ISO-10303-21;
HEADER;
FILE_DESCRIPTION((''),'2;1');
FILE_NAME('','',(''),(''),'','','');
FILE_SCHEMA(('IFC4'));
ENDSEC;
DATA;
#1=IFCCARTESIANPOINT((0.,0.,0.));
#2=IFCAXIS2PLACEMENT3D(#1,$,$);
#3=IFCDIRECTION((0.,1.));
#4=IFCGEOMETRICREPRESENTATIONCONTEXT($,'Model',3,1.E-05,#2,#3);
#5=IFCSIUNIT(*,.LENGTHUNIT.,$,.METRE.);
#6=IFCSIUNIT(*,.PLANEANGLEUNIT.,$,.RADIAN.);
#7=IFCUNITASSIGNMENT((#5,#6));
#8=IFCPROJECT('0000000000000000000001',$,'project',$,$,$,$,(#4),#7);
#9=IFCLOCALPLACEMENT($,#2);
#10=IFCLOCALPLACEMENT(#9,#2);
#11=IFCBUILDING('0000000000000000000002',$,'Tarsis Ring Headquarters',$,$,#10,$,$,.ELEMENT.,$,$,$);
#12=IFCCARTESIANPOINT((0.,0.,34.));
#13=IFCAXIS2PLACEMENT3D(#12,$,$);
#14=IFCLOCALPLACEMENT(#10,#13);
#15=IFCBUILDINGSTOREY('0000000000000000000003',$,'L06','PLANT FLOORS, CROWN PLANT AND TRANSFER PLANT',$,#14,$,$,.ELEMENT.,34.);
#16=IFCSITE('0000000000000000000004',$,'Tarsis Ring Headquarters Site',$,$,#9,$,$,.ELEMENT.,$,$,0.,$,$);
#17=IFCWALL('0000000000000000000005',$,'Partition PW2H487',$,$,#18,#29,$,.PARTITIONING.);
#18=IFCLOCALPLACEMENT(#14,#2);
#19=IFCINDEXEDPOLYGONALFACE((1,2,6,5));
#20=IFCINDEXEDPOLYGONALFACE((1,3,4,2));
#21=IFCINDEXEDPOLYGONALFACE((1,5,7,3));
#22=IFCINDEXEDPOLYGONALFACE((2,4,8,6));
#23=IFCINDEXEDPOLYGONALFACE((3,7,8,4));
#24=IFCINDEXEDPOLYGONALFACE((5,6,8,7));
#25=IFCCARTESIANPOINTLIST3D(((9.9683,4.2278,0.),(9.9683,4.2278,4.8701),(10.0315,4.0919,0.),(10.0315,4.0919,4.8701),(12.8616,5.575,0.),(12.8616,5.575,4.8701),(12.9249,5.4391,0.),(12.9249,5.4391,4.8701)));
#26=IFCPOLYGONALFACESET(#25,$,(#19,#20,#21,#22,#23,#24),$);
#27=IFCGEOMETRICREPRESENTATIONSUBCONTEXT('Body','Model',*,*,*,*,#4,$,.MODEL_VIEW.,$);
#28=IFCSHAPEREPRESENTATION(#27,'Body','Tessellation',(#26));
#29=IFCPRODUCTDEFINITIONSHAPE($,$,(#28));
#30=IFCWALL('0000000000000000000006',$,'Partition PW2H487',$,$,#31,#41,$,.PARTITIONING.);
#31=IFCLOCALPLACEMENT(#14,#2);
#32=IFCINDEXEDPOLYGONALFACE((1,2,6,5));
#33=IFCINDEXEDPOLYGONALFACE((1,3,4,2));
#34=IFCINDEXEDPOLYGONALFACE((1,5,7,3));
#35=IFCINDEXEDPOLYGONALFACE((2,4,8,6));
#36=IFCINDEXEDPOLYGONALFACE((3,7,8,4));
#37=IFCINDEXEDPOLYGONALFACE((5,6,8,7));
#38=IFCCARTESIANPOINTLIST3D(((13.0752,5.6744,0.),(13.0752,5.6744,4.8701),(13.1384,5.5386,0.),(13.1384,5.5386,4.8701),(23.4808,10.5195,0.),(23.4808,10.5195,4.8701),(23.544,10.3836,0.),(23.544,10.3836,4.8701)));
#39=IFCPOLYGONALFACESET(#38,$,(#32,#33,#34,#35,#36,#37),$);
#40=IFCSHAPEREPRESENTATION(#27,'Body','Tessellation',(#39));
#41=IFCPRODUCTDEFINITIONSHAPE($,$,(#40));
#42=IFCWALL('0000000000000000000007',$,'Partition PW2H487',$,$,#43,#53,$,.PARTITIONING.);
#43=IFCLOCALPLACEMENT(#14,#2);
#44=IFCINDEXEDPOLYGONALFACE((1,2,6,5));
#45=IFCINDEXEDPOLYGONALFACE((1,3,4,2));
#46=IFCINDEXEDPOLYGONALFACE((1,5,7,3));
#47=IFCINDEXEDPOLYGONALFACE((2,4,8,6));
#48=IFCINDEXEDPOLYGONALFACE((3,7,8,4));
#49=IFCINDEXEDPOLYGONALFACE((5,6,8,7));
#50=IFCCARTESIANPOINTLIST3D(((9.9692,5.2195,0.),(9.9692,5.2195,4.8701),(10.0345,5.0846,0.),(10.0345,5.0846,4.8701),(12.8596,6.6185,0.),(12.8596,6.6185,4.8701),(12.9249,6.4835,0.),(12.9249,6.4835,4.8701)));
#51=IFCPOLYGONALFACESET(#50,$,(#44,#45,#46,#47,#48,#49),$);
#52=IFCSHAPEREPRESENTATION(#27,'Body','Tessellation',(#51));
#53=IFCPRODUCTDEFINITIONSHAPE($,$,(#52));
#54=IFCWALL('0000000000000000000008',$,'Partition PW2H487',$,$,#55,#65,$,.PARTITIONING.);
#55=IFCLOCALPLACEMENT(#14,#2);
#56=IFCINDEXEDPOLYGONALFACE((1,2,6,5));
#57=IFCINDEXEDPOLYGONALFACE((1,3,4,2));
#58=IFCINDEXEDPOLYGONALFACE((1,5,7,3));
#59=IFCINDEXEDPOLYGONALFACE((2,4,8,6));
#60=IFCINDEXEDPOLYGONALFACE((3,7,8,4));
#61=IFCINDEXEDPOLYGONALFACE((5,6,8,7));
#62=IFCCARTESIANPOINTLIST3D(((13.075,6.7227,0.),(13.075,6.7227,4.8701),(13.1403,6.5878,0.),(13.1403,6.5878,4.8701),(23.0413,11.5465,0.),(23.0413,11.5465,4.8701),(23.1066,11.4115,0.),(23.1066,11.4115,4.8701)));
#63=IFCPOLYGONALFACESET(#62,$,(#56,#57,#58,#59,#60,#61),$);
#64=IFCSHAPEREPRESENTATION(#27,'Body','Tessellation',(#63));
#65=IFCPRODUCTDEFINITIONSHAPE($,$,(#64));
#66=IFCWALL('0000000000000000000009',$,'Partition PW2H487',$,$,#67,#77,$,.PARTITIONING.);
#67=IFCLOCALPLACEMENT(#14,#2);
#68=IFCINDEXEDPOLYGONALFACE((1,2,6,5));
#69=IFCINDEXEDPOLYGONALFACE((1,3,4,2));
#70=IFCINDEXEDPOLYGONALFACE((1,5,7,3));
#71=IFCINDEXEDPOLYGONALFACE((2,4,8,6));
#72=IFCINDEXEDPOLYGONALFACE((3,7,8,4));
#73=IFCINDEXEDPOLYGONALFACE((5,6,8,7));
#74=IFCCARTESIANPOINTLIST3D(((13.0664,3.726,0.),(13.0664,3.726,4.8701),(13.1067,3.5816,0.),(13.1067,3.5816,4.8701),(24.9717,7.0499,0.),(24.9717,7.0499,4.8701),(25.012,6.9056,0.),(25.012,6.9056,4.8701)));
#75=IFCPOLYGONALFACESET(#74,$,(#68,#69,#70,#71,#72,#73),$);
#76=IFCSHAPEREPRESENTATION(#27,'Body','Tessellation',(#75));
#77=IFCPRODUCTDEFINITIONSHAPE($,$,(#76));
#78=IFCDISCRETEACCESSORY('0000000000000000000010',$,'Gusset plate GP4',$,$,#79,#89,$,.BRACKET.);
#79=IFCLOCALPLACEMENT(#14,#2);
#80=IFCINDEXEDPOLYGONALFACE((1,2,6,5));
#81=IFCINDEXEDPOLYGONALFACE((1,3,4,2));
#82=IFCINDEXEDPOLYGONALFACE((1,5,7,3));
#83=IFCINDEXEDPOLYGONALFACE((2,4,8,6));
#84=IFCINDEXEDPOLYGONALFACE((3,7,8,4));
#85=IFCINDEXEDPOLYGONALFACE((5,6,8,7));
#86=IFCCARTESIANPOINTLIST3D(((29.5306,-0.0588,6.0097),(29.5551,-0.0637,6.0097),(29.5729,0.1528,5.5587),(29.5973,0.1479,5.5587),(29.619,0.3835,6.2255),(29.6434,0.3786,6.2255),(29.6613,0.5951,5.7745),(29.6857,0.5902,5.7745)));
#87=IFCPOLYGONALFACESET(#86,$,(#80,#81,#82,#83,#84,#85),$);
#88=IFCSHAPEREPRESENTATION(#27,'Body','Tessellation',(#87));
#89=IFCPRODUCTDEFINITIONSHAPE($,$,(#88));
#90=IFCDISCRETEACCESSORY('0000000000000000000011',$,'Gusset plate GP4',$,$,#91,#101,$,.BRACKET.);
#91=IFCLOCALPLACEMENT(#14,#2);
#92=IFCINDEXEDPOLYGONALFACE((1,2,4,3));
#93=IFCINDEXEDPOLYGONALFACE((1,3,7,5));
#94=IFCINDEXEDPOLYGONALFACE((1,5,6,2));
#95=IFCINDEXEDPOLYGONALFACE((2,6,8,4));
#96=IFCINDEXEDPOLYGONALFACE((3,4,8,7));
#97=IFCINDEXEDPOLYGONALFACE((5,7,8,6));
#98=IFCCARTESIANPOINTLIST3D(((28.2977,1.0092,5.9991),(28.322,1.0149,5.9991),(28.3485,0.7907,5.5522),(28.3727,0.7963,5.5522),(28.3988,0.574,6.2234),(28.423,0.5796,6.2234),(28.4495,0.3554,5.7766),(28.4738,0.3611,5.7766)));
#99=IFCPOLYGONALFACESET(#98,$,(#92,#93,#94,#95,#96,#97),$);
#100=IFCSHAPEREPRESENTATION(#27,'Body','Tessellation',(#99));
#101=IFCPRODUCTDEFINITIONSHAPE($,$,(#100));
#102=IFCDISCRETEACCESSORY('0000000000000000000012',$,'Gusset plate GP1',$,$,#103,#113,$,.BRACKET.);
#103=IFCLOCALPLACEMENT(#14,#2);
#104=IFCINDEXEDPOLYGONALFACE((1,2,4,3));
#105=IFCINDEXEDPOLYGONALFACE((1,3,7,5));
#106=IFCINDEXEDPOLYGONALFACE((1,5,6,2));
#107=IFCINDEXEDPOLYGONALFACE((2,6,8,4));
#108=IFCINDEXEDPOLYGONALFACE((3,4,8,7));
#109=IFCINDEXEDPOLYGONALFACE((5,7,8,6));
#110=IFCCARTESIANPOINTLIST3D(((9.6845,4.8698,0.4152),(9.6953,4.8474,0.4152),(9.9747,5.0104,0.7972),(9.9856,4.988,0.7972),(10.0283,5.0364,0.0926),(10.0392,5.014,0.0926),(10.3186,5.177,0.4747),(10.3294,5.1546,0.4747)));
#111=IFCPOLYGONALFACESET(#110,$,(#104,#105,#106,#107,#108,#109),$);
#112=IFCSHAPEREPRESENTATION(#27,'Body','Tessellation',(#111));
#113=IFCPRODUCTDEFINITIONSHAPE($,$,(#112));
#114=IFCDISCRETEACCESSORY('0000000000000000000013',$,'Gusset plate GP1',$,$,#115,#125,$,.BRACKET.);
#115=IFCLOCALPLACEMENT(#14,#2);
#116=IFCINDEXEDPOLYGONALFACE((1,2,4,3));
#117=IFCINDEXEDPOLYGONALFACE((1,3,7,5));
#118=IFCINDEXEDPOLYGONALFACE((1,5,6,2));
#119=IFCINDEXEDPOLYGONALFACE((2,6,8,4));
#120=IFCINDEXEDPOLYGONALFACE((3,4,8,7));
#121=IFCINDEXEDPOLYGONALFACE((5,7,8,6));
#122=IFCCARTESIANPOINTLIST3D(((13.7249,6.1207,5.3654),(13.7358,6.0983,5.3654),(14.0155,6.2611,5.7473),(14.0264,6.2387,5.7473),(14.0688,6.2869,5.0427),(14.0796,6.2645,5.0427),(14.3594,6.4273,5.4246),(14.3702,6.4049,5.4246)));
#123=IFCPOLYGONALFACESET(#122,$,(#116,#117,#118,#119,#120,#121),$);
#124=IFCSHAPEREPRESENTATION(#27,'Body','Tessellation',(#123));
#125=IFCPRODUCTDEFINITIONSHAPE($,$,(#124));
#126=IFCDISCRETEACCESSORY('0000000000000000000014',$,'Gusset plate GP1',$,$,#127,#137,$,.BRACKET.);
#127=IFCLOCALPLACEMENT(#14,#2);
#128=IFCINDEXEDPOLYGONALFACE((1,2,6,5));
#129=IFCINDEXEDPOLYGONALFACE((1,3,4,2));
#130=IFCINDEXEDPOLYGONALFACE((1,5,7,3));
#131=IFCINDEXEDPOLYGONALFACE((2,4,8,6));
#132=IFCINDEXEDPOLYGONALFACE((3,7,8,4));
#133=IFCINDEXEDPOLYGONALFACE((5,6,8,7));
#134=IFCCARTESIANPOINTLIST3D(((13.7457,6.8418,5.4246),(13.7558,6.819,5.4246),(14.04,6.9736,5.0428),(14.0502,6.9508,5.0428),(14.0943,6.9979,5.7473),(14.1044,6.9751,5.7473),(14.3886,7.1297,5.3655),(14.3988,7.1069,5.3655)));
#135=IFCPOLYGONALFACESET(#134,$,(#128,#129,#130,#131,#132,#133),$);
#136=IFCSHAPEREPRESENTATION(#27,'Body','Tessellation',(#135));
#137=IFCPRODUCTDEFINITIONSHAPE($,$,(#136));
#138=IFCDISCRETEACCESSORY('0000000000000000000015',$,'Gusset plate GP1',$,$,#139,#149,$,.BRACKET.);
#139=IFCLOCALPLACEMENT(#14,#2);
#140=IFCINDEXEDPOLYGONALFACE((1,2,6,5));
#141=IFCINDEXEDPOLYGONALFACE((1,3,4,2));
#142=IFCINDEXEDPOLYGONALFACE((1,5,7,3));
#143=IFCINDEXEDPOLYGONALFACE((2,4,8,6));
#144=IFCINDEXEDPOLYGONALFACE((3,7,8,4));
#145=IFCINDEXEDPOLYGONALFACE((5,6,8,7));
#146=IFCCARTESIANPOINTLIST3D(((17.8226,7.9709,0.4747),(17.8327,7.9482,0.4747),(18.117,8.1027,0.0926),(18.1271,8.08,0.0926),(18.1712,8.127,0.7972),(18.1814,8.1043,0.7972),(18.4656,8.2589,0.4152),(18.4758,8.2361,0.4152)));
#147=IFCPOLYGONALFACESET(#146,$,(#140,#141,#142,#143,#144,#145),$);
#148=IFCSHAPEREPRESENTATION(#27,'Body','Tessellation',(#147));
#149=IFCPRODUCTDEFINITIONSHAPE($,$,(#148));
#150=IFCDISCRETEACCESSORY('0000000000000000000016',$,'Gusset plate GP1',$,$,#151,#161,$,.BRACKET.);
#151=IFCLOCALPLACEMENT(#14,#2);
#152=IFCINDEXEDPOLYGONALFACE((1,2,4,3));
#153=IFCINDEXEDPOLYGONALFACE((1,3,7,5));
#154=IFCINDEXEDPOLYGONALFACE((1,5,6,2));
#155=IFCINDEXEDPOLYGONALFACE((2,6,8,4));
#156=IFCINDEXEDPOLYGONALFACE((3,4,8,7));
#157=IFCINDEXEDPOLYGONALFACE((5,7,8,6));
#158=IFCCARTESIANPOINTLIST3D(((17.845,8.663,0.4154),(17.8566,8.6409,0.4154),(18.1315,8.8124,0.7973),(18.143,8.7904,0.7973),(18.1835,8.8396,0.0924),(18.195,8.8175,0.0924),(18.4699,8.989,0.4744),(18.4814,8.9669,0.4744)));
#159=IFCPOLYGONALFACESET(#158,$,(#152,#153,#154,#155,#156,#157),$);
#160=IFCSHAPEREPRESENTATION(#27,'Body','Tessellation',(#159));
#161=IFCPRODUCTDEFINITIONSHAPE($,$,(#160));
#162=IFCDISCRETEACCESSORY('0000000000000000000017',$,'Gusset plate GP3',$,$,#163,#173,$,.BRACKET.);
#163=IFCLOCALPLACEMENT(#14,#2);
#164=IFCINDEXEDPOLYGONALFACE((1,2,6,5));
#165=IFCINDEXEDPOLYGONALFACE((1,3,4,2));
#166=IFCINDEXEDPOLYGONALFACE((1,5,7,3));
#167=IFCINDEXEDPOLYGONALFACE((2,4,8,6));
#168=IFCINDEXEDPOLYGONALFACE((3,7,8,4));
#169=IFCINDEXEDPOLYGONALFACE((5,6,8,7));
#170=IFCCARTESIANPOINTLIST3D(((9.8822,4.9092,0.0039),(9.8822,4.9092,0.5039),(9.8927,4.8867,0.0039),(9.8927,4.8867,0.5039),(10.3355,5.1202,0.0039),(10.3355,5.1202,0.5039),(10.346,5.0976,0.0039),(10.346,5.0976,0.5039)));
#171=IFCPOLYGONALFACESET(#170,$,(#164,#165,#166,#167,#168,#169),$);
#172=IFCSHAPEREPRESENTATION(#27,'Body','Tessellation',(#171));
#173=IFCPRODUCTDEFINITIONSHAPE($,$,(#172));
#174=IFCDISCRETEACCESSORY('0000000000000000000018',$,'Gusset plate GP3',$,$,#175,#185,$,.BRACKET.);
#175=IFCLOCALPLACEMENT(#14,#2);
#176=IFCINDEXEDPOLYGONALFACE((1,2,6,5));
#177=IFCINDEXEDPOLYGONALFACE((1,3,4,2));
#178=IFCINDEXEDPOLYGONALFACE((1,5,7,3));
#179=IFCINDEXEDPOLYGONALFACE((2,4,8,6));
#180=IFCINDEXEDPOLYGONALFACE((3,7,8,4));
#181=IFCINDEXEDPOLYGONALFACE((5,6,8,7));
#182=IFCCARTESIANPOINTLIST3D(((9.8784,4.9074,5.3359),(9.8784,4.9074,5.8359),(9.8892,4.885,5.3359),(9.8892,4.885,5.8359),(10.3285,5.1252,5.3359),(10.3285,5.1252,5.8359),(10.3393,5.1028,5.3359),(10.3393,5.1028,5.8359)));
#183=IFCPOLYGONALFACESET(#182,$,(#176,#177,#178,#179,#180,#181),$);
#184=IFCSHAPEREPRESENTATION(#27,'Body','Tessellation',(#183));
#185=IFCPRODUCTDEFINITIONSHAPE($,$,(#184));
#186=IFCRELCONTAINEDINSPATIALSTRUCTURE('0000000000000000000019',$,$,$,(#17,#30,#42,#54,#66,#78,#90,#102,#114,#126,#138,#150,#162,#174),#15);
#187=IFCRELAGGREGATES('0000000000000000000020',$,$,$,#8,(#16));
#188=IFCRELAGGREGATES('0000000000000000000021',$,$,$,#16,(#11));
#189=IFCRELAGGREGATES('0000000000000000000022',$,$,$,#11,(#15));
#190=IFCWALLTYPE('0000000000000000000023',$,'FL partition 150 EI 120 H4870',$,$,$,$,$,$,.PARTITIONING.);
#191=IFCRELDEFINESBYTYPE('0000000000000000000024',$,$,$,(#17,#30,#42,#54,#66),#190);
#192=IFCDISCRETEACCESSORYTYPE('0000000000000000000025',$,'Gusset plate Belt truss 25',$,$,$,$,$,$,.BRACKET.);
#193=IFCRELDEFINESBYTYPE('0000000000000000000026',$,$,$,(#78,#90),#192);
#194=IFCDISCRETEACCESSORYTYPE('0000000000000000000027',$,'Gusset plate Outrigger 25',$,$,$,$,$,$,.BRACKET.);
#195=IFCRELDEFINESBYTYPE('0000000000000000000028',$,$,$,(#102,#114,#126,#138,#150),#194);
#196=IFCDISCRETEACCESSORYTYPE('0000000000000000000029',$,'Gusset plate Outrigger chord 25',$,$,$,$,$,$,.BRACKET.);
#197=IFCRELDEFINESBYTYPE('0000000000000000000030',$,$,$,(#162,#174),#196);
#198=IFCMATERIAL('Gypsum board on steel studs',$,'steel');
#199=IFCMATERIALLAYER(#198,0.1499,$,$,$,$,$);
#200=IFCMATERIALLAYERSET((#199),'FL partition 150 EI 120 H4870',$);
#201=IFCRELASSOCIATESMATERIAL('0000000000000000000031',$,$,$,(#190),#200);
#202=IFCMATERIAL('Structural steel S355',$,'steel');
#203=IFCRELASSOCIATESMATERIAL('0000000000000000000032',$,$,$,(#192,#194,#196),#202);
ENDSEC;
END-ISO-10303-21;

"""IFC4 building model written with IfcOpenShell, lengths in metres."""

from ifc_helpers import new_model, si_unit, direction, frame, frame_2d, origin, origin_2d, place, context, subcontext, project, spatial, rectangle, extrude, material, layer, layer_set, material_profile, profile_set, type_object, element, save


model = new_model("IFC4")

# Units and contexts
model_context = context("Model", 3, precision=1e-05, world=origin(), true_north=direction((0.0, 1.0)))
body_context = subcontext(model_context, "Body", "Model", "MODEL_VIEW")
ifc_project = project(units=[si_unit("LENGTHUNIT", "METRE"), si_unit("PLANEANGLEUNIT", "RADIAN")], contexts=[model_context])

# Site, building, storey
site_placement = place(None, origin())
site = spatial("IfcSite", under=ifc_project, at=site_placement, Name="Tarsis Ring Headquarters Site", CompositionType="ELEMENT", RefElevation=0.0)
building_placement = place(site_placement, origin())
building = spatial("IfcBuilding", under=site, at=building_placement, Name="Tarsis Ring Headquarters", CompositionType="ELEMENT")
storey_placement = place(building_placement, frame((0.0, 0.0, 34.0)))
storey = spatial("IfcBuildingStorey", under=building, at=storey_placement, Name="L06", Description="PLANT FLOORS, CROWN PLANT AND TRANSFER PLANT", CompositionType="ELEMENT", Elevation=34.0)

# Shared definitions
ifc_material_1 = material(Name="Structural steel S355", Category="steel")

# Walls
ifc_material_2 = material(Name="Gypsum board on steel studs", Category="steel")
ifc_layer = layer(ifc_material_2, 0.1499)
ifc_layer_set = layer_set([ifc_layer], Name="FL partition 150 EI 120 H4870")
wall_type = type_object("IfcWallType", Name="FL partition 150 EI 120 H4870", PredefinedType="PARTITIONING", material=ifc_layer_set)
wall_1_placement = place(storey_placement, frame((10.0, 4.1599, 0.0), z_axis=(0.0, 0.0, 1.0), x_axis=(0.906548, 0.422102, 0.0)))
element("IfcWall", 1, at=wall_1_placement, inside=storey, type_object=wall_type, Name="Partition PW2H487", PredefinedType="PARTITIONING", context=body_context, shape_type="SweptSolid", body=[
    extrude(rectangle(XDim=3.1917, YDim=0.1499, at=frame_2d((1.5957, 0.0))), origin(), (0.0, 0.0, 1.0), 4.8701),
])
wall_2_placement = place(storey_placement, frame((13.1067, 5.6064, 0.0), z_axis=(0.0, 0.0, 1.0), x_axis=(0.906548, 0.422103, 0.0)))
element("IfcWall", 2, at=wall_2_placement, inside=storey, type_object=wall_type, Name="Partition PW2H487", PredefinedType="PARTITIONING", context=body_context, shape_type="SweptSolid", body=[
    extrude(rectangle(XDim=11.4783, YDim=0.1499, at=frame_2d((5.7393, 0.0))), origin(), (0.0, 0.0, 1.0), 4.8701),
])
wall_3_placement = place(storey_placement, frame((10.002, 5.1521, 0.0), z_axis=(0.0, 0.0, 1.0), x_axis=(0.900116, 0.43565, 0.0)))
element("IfcWall", 3, at=wall_3_placement, inside=storey, type_object=wall_type, Name="Partition PW2H487", PredefinedType="PARTITIONING", context=body_context, shape_type="SweptSolid", body=[
    extrude(rectangle(XDim=3.2112, YDim=0.1499, at=frame_2d((1.6055, 0.0))), origin(), (0.0, 0.0, 1.0), 4.8701),
])
wall_4_placement = place(storey_placement, frame((13.1077, 6.6553, 0.0), z_axis=(0.0, 0.0, 1.0), x_axis=(0.900112, 0.435658, 0.0)))
element("IfcWall", 4, at=wall_4_placement, inside=storey, type_object=wall_type, Name="Partition PW2H487", PredefinedType="PARTITIONING", context=body_context, shape_type="SweptSolid", body=[
    extrude(rectangle(XDim=11.0723, YDim=0.1499, at=frame_2d((5.5361, 0.0))), origin(), (0.0, 0.0, 1.0), 4.8701),
])
wall_5_placement = place(storey_placement, frame((13.0867, 3.6538, 0.0), z_axis=(0.0, 0.0, 1.0), x_axis=(0.963163, 0.268917, 0.0)))
element("IfcWall", 5, at=wall_5_placement, inside=storey, type_object=wall_type, Name="Partition PW2H487", PredefinedType="PARTITIONING", context=body_context, shape_type="SweptSolid", body=[
    extrude(rectangle(XDim=12.3606, YDim=0.1499, at=frame_2d((6.1802, 0.0))), origin(), (0.0, 0.0, 1.0), 4.8701),
])

# Discrete accessories
ifc_material_profile_1 = material_profile(ifc_material_1, rectangle(XDim=0.0249, YDim=0.5, at=origin_2d()), Name="PL 25x500")
ifc_profile_set_1 = profile_set([ifc_material_profile_1], Name="Structural steel S355")
discrete_accessory_type_1 = type_object("IfcDiscreteAccessoryType", Name="Gusset plate Belt truss 25", PredefinedType="BRACKET", material=ifc_profile_set_1)
for number, where, z_axis, x_axis, name in (
    (6, (29.6523, 0.4868, 6.0), (-0.176725, -0.884603, -0.431561), (0.980622, -0.195908, 0.0), "Gusset plate GP4"),
    (7, (28.4363, 0.4675, 6.0), (-0.202131, 0.870528, -0.448691), (-0.974086, -0.226176, 0.0), "Gusset plate GP4"),
):
    element("IfcDiscreteAccessory", number, at=place(storey_placement, frame(where, z_axis=z_axis, x_axis=x_axis)), inside=storey, type_object=discrete_accessory_type_1, Name=name, PredefinedType="BRACKET", context=body_context, shape_type="SweptSolid", body=[
        extrude(rectangle(XDim=0.0249, YDim=0.5, at=origin_2d()), origin(), (0.0, 0.0, 1.0), 0.5),
    ])
discrete_accessory_type_2 = type_object("IfcDiscreteAccessoryType", Name="Gusset plate Outrigger 25", PredefinedType="BRACKET", material=ifc_profile_set_1)
for number, where, z_axis, x_axis, name in (
    (8, (9.8618, 4.9419, 0.2539), (0.580537, 0.281236, 0.764122), (-0.435976, 0.899958, 0.0), "Gusset plate GP1"),
    (9, (14.1929, 6.333, 5.5859), (-0.581157, -0.280811, -0.763807), (0.435066, -0.900398, 0.0), "Gusset plate GP1"),
):
    element("IfcDiscreteAccessory", number, at=place(storey_placement, frame(where, z_axis=z_axis, x_axis=x_axis)), inside=storey, type_object=discrete_accessory_type_2, Name=name, PredefinedType="BRACKET", context=body_context, shape_type="SweptSolid", body=[
        extrude(rectangle(XDim=0.0249, YDim=0.5, at=origin_2d()), origin(), (0.0, 0.0, 1.0), 0.5),
    ])
discrete_accessory_1_placement = place(storey_placement, frame((13.925, 6.9084, 5.5859), z_axis=(0.58902, 0.26374, -0.76387), x_axis=(-0.408665, 0.912685, 0.0)))
element("IfcDiscreteAccessory", 10, at=discrete_accessory_1_placement, inside=storey, type_object=discrete_accessory_type_2, Name="Gusset plate GP1", PredefinedType="BRACKET", context=body_context, shape_type="SweptSolid", body=[
    extrude(rectangle(XDim=0.0249, YDim=0.5, at=origin_2d()), origin(), (0.0, 0.0, 1.0), 0.4998),
])
discrete_accessory_2_placement = place(storey_placement, frame((18.2964, 8.1694, 0.2539), z_axis=(-0.5888, -0.263642, 0.764073), x_axis=(0.408665, -0.912685, 0.0)))
element("IfcDiscreteAccessory", 11, at=discrete_accessory_2_placement, inside=storey, type_object=discrete_accessory_type_2, Name="Gusset plate GP1", PredefinedType="BRACKET", context=body_context, shape_type="SweptSolid", body=[
    extrude(rectangle(XDim=0.0249, YDim=0.5, at=origin_2d()), origin(), (0.0, 0.0, 1.0), 0.5),
])
discrete_accessory_3_placement = place(storey_placement, frame((18.02, 8.7402, 0.2539), z_axis=(0.572599, 0.298747, 0.763466), x_axis=(-0.462566, 0.886585, 0.0)))
element("IfcDiscreteAccessory", 12, at=discrete_accessory_3_placement, inside=storey, type_object=discrete_accessory_type_2, Name="Gusset plate GP1", PredefinedType="BRACKET", context=body_context, shape_type="SweptSolid", body=[
    extrude(rectangle(XDim=0.0249, YDim=0.5, at=origin_2d()), origin(), (0.0, 0.0, 1.0), 0.5002),
])
discrete_accessory_type_3 = type_object("IfcDiscreteAccessoryType", Name="Gusset plate Outrigger chord 25", PredefinedType="BRACKET", material=ifc_profile_set_1)
for number, where, z_axis, x_axis, name in (
    (13, (9.8875, 4.8979, 0.2539), (0.906669, 0.421843, 0.0), (-0.421843, 0.906669, 0.0), "Gusset plate GP3"),
    (14, (9.8838, 4.8962, 5.5859), (0.900209, 0.435459, 0.0), (-0.435459, 0.900209, 0.0), "Gusset plate GP3"),
):
    element("IfcDiscreteAccessory", number, at=place(storey_placement, frame(where, z_axis=z_axis, x_axis=x_axis)), inside=storey, type_object=discrete_accessory_type_3, Name=name, PredefinedType="BRACKET", context=body_context, shape_type="SweptSolid", body=[
        extrude(rectangle(XDim=0.0249, YDim=0.5, at=origin_2d()), origin(), (0.0, 0.0, 1.0), 0.5),
    ])

save(model, "model.ifc")
